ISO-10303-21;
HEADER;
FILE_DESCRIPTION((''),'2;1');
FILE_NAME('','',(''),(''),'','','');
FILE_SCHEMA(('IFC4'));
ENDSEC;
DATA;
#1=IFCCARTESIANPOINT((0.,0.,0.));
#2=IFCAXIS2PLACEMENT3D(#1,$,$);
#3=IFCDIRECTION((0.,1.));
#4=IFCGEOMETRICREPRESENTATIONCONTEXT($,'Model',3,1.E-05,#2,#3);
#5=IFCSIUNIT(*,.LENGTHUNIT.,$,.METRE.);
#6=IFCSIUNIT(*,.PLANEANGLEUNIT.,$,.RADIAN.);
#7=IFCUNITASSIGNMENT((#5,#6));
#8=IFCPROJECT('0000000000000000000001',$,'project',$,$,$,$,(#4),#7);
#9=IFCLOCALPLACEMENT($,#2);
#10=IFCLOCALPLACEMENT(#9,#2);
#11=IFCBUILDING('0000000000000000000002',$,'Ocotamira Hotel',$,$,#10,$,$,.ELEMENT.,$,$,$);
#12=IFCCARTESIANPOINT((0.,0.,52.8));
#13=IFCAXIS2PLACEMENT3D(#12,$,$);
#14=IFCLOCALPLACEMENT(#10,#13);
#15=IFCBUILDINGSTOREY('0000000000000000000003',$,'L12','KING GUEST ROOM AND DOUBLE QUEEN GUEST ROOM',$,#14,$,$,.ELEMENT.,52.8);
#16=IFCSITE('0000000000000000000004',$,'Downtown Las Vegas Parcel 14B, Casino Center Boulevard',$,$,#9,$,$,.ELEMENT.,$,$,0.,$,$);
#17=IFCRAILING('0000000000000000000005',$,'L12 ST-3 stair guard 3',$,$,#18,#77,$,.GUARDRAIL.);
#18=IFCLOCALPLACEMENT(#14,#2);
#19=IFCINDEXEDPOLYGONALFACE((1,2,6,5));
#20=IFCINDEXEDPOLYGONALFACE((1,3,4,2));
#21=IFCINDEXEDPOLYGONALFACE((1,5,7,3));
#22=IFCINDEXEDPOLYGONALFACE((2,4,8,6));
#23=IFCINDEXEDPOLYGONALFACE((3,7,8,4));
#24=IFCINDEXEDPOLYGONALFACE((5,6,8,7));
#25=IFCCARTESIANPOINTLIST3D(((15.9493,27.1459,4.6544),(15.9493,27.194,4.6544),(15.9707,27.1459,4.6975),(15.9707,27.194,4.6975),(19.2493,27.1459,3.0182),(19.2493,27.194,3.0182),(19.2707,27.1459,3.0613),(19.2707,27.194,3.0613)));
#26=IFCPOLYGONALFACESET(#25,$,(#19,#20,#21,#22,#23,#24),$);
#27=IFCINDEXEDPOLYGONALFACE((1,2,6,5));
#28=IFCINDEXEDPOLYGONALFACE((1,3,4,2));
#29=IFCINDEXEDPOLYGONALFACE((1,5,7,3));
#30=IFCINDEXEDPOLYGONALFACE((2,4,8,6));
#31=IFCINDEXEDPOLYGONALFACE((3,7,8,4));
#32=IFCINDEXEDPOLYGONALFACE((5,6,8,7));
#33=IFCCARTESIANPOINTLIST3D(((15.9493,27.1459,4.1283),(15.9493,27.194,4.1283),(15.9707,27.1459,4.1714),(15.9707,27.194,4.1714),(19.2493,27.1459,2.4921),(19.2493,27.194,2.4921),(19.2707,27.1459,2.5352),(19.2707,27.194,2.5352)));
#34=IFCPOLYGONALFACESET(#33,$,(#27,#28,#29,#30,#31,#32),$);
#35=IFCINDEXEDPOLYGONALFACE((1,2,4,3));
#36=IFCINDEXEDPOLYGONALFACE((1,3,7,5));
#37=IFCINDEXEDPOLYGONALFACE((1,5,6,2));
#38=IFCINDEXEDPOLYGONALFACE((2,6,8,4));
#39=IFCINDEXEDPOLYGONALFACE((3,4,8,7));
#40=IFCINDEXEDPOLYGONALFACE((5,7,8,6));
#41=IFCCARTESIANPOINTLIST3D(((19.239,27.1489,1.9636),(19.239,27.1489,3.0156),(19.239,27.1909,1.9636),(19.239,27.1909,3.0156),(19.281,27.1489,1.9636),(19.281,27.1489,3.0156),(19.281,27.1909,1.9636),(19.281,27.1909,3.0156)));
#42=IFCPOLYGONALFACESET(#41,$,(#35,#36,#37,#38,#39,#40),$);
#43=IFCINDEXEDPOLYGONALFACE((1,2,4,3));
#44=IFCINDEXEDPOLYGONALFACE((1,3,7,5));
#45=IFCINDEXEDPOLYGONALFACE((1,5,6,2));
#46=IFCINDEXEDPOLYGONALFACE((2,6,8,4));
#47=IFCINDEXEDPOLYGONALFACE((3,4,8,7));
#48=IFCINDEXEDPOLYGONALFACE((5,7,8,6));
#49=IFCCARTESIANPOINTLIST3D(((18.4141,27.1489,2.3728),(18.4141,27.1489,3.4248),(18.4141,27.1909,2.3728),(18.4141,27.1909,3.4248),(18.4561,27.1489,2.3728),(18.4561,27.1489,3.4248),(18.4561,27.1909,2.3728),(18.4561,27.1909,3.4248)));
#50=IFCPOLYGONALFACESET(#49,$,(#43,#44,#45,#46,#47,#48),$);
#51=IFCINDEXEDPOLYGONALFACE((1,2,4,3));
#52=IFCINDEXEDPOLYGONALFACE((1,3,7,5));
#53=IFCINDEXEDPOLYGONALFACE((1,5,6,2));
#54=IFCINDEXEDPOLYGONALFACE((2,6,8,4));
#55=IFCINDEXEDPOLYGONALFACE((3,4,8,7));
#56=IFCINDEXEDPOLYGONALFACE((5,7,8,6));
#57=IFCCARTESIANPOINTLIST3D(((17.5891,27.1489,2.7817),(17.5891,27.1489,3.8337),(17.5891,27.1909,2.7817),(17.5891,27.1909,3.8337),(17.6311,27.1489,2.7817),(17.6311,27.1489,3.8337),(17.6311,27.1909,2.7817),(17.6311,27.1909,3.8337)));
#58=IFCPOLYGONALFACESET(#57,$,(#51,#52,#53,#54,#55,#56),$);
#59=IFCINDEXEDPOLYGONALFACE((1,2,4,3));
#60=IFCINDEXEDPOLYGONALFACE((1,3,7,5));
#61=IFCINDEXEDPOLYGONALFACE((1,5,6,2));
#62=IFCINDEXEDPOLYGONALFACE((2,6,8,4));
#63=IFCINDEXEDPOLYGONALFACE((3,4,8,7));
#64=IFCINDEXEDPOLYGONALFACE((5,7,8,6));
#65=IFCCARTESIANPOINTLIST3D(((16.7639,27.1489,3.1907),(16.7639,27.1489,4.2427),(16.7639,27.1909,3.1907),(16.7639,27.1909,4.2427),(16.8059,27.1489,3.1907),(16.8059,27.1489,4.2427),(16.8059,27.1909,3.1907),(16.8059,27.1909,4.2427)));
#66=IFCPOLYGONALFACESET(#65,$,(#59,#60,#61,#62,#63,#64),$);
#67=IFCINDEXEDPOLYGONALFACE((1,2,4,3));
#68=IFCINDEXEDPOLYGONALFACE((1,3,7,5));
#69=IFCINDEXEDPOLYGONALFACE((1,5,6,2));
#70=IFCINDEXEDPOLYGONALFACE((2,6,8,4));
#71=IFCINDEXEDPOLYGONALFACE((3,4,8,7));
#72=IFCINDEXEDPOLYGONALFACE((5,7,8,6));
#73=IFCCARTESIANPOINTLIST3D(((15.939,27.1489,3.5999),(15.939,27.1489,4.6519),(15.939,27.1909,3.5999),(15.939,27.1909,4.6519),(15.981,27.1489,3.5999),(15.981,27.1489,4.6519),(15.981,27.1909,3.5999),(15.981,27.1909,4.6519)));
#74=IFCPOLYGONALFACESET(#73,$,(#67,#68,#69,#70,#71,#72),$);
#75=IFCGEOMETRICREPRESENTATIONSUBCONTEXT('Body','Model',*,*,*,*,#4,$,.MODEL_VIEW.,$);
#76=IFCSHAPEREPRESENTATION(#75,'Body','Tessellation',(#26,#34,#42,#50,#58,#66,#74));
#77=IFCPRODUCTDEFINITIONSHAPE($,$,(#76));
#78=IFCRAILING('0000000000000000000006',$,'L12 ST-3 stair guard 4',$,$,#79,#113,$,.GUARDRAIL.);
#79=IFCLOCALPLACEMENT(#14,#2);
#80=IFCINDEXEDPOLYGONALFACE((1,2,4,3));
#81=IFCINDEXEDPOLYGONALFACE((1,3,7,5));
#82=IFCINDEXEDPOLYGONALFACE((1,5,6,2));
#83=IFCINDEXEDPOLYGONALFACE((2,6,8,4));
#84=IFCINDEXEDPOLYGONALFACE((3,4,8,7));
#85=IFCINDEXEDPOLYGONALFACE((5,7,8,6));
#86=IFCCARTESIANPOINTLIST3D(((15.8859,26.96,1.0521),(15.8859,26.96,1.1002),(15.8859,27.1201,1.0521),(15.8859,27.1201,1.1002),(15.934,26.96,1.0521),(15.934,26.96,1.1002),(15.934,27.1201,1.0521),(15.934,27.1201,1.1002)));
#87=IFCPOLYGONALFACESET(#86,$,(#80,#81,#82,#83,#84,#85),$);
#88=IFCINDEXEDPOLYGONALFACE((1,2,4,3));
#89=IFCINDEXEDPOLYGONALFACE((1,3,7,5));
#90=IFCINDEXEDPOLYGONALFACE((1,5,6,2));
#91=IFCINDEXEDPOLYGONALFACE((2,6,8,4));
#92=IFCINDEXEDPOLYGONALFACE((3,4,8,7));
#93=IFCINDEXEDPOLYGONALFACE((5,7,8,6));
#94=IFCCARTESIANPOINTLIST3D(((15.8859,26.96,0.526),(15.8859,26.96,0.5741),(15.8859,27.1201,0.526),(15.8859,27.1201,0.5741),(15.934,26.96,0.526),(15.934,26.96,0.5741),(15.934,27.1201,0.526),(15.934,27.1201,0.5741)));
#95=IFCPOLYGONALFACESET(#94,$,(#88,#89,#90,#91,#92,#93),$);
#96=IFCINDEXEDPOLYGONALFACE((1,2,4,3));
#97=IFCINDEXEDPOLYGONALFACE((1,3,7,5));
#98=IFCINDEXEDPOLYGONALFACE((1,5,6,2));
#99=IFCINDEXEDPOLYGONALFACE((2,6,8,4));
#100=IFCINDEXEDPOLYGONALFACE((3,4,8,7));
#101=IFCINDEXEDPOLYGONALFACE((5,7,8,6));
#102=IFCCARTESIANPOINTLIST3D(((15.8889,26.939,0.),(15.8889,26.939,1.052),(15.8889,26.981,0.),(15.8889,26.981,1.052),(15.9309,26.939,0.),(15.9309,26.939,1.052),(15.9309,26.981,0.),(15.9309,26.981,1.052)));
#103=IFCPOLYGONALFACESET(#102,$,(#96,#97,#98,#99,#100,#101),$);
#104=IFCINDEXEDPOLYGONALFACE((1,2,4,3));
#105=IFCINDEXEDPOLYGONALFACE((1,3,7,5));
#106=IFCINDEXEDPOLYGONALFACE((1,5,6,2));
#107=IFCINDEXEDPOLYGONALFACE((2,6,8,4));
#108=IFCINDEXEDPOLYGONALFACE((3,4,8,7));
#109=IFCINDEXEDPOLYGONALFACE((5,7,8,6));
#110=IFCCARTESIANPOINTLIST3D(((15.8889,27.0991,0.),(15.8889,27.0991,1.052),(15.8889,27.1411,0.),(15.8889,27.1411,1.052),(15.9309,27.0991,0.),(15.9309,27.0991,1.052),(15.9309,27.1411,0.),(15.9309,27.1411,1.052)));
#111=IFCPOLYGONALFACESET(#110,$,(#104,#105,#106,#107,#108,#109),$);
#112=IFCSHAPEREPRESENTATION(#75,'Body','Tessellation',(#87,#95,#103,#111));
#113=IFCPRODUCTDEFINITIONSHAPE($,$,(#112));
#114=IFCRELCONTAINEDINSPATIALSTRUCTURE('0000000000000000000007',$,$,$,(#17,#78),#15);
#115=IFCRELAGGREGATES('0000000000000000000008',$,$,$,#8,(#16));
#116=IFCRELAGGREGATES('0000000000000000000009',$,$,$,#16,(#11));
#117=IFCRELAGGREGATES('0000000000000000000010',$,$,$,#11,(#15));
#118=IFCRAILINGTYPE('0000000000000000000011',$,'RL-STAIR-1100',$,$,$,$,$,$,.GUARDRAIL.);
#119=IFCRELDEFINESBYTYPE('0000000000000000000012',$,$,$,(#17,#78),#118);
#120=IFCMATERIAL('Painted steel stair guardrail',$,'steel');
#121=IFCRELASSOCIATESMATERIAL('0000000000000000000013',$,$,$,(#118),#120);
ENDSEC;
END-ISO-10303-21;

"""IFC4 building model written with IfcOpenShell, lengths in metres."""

from ifc_helpers import new_model, si_unit, direction, frame, origin, origin_2d, place, context, subcontext, project, spatial, rectangle, extrude, material, type_object, element, save


model = new_model("IFC4")

# Units and contexts
model_context = context("Model", 3, precision=1e-05, world=origin(), true_north=direction((0.0, 1.0)))
body_context = subcontext(model_context, "Body", "Model", "MODEL_VIEW")
ifc_project = project(units=[si_unit("LENGTHUNIT", "METRE"), si_unit("PLANEANGLEUNIT", "RADIAN")], contexts=[model_context])

# Site, building, storey
site_placement = place(None, origin())
site = spatial("IfcSite", under=ifc_project, at=site_placement, Name="Downtown Las Vegas Parcel 14B, Casino Center Boulevard", CompositionType="ELEMENT", RefElevation=0.0)
building_placement = place(site_placement, origin())
building = spatial("IfcBuilding", under=site, at=building_placement, Name="Ocotamira Hotel", CompositionType="ELEMENT")
storey_placement = place(building_placement, frame((0.0, 0.0, 52.8)))
storey = spatial("IfcBuildingStorey", under=building, at=storey_placement, Name="L12", Description="KING GUEST ROOM AND DOUBLE QUEEN GUEST ROOM", CompositionType="ELEMENT", Elevation=52.8)

# Railings
ifc_material_1 = material(Name="Painted steel stair guardrail", Category="steel")
railing_type_1 = type_object("IfcRailingType", Name="RL-STAIR-1100", PredefinedType="GUARDRAIL", material=ifc_material_1)
railing_1_placement = place(storey_placement, frame((19.26, 27.1699, 1.9636)))
element("IfcRailing", 1, at=railing_1_placement, inside=storey, type_object=railing_type_1, Name="L12 ST-3 stair guard 3", PredefinedType="GUARDRAIL", context=body_context, shape_type="SweptSolid", body=[
    extrude(rectangle(XDim=0.0481, YDim=0.0481, at=origin_2d()), frame((0.0, 0.0, 1.0762), z_axis=(-0.89592, 0.0, 0.444215), x_axis=(0.0, -1.0, 0.0)), (0.0, 0.0, 1.0), 3.6833),
    extrude(rectangle(XDim=0.0481, YDim=0.0481, at=origin_2d()), frame((0.0, 0.0, 0.55), z_axis=(-0.89592, 0.0, 0.444215), x_axis=(0.0, -1.0, 0.0)), (0.0, 0.0, 1.0), 3.6833),
    extrude(rectangle(XDim=0.042, YDim=0.042, at=origin_2d()), origin(), (0.0, 0.0, 1.0), 1.052),
    extrude(rectangle(XDim=0.042, YDim=0.042, at=origin_2d()), frame((-0.825, 0.0, 0.4092)), (0.0, 0.0, 1.0), 1.052),
    extrude(rectangle(XDim=0.042, YDim=0.042, at=origin_2d()), frame((-1.6499, 0.0, 0.8181)), (0.0, 0.0, 1.0), 1.052),
    extrude(rectangle(XDim=0.042, YDim=0.042, at=origin_2d()), frame((-2.4751, 0.0, 1.2271)), (0.0, 0.0, 1.0), 1.052),
    extrude(rectangle(XDim=0.042, YDim=0.042, at=origin_2d()), frame((-3.3, 0.0, 1.6362)), (0.0, 0.0, 1.0), 1.052),
])
railing_2_placement = place(storey_placement, frame((15.9099, 26.96, 0.0)))
element("IfcRailing", 2, at=railing_2_placement, inside=storey, type_object=railing_type_1, Name="L12 ST-3 stair guard 4", PredefinedType="GUARDRAIL", context=body_context, shape_type="SweptSolid", body=[
    extrude(rectangle(XDim=0.0481, YDim=0.0481, at=origin_2d()), frame((0.0, 0.0, 1.0762), z_axis=(0.0, 1.0, 0.0), x_axis=(-1.0, 0.0, 0.0)), (0.0, 0.0, 1.0), 0.1602),
    extrude(rectangle(XDim=0.0481, YDim=0.0481, at=origin_2d()), frame((0.0, 0.0, 0.55), z_axis=(0.0, 1.0, 0.0), x_axis=(-1.0, 0.0, 0.0)), (0.0, 0.0, 1.0), 0.1602),
    extrude(rectangle(XDim=0.042, YDim=0.042, at=origin_2d()), origin(), (0.0, 0.0, 1.0), 1.052),
    extrude(rectangle(XDim=0.042, YDim=0.042, at=origin_2d()), frame((0.0, 0.1602, 0.0)), (0.0, 0.0, 1.0), 1.052),
])

save(model, "model.ifc")
